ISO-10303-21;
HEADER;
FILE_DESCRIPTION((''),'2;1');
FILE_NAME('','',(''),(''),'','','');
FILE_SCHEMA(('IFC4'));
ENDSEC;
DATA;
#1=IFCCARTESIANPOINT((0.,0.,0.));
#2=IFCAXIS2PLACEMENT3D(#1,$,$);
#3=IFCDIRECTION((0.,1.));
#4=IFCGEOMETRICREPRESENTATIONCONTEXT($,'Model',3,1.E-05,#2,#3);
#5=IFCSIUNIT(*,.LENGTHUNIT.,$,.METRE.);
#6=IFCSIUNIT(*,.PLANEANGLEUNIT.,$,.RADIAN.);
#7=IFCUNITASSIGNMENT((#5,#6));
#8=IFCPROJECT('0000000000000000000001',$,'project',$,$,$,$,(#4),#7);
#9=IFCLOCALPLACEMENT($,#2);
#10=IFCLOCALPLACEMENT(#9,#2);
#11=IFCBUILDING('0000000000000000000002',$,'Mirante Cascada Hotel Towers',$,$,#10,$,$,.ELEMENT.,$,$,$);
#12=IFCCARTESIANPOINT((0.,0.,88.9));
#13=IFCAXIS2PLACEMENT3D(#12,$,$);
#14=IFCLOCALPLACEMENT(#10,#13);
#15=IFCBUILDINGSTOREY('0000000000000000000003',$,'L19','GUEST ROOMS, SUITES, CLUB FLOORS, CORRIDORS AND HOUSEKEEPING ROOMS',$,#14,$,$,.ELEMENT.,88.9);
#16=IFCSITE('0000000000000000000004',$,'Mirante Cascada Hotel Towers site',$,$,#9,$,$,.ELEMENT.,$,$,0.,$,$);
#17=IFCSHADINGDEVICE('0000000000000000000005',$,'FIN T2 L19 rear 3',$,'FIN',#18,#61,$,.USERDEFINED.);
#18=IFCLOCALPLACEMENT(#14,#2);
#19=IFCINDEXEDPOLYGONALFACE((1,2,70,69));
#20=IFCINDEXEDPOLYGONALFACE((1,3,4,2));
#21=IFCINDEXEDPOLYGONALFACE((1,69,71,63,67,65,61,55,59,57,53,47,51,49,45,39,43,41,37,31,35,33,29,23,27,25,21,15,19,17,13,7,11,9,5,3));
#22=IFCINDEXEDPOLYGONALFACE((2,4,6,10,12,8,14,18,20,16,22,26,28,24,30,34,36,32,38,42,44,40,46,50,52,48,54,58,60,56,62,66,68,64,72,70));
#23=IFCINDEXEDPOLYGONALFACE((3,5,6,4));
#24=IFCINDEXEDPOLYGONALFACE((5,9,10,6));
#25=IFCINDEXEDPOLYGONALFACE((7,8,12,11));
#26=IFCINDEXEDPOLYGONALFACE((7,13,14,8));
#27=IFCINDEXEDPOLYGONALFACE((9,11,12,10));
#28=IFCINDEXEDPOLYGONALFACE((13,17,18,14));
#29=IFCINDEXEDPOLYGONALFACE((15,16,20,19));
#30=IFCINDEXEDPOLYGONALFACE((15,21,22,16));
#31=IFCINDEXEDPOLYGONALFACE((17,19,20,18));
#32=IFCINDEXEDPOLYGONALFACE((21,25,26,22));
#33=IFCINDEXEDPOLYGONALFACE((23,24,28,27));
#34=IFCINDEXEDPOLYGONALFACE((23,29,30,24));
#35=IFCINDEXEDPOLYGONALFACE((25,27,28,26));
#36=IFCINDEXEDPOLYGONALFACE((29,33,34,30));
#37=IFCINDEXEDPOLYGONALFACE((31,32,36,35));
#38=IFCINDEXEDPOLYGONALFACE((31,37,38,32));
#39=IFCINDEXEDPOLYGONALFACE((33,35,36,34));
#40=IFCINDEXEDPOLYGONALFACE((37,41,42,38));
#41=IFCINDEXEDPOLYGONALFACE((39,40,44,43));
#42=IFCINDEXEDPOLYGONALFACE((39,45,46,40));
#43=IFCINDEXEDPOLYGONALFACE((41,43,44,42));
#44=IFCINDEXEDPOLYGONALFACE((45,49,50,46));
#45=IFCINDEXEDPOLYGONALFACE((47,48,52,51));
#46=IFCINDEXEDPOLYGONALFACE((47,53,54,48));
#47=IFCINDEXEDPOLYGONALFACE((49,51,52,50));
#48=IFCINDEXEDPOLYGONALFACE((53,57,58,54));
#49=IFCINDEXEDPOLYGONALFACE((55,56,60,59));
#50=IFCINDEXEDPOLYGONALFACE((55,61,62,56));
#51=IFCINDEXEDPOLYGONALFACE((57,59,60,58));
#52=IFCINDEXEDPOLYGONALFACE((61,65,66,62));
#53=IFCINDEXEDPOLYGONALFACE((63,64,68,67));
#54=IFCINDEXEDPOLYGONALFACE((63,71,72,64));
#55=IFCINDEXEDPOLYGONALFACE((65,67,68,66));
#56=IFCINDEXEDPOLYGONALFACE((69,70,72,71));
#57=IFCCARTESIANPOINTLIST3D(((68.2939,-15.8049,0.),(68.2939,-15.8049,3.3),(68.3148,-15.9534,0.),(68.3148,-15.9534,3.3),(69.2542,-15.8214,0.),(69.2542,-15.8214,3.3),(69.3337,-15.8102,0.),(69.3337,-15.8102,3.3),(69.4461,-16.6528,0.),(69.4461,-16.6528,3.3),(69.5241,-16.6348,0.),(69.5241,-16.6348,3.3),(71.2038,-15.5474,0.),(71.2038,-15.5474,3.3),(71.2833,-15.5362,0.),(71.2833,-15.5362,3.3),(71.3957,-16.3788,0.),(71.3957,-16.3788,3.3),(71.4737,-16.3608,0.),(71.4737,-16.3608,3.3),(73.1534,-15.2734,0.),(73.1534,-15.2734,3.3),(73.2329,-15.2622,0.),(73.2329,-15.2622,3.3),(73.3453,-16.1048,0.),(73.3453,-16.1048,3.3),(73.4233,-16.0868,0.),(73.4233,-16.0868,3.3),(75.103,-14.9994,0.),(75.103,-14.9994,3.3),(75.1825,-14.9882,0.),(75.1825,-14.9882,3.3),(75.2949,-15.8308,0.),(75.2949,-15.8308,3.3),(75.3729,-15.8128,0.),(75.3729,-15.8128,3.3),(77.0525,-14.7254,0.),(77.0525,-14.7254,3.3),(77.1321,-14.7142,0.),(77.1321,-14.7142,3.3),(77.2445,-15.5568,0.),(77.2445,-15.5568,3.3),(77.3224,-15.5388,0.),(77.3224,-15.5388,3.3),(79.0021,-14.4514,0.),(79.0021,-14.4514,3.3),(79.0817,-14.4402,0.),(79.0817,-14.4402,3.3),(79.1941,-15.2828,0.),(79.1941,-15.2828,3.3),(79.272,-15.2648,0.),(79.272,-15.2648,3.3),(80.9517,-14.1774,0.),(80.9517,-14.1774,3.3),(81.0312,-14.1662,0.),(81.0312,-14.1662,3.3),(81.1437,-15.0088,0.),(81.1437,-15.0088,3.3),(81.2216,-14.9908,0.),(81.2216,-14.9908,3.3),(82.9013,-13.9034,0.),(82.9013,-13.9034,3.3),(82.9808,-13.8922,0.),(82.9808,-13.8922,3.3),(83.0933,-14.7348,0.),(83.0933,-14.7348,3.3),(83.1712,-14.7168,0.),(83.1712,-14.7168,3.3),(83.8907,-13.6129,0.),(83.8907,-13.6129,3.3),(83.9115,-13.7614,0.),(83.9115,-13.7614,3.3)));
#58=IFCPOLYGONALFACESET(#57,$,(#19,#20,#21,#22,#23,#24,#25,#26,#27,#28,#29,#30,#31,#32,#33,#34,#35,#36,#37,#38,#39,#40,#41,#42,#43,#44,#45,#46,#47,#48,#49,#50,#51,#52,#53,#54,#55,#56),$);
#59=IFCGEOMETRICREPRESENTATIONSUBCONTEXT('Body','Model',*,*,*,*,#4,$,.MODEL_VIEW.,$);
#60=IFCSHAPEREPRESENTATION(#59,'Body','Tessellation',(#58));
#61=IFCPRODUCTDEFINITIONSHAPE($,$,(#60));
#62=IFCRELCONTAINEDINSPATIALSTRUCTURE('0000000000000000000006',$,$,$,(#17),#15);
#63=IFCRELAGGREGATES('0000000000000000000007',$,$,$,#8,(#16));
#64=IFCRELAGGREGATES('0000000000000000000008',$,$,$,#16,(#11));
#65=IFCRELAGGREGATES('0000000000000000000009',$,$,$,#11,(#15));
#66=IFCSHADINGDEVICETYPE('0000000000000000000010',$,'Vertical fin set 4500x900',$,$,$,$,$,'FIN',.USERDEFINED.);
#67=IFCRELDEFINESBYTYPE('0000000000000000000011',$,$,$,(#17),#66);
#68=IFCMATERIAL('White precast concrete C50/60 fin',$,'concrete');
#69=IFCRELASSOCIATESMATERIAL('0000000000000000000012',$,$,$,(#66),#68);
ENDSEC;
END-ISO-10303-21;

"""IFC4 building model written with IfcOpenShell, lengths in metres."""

from ifc_helpers import new_model, si_unit, direction, frame, origin, place, context, subcontext, project, spatial, polyline, outline, extrude, material, type_object, element, save


model = new_model("IFC4")

# Units and contexts
model_context = context("Model", 3, precision=1e-05, world=origin(), true_north=direction((0.0, 1.0)))
body_context = subcontext(model_context, "Body", "Model", "MODEL_VIEW")
ifc_project = project(units=[si_unit("LENGTHUNIT", "METRE"), si_unit("PLANEANGLEUNIT", "RADIAN")], contexts=[model_context])

# Site, building, storey
site_placement = place(None, origin())
site = spatial("IfcSite", under=ifc_project, at=site_placement, Name="Mirante Cascada Hotel Towers site", CompositionType="ELEMENT", RefElevation=0.0)
building_placement = place(site_placement, origin())
building = spatial("IfcBuilding", under=site, at=building_placement, Name="Mirante Cascada Hotel Towers", CompositionType="ELEMENT")
storey_placement = place(building_placement, frame((0.0, 0.0, 88.9)))
storey = spatial("IfcBuildingStorey", under=building, at=storey_placement, Name="L19", Description="GUEST ROOMS, SUITES, CLUB FLOORS, CORRIDORS AND HOUSEKEEPING ROOMS", CompositionType="ELEMENT", Elevation=88.9)

# Shading device
ifc_material_1 = material(Name="White precast concrete C50/60 fin", Category="concrete")
shading_device_type = type_object("IfcShadingDeviceType", Name="Vertical fin set 4500x900", ElementType="FIN", PredefinedType="USERDEFINED", material=ifc_material_1)
shading_device_1_placement = place(storey_placement, origin())
element("IfcShadingDevice", 1, at=shading_device_1_placement, inside=storey, type_object=shading_device_type, Name="FIN T2 L19 rear 3", ObjectType="FIN", PredefinedType="USERDEFINED", context=body_context, shape_type="SweptSolid", body=[
    extrude(outline(polyline([(69.4461, -16.6528), (69.2542, -15.8214), (68.3148, -15.9534), (68.2939, -15.8049), (83.8907, -13.6129), (83.9115, -13.7614), (82.9808, -13.8922), (83.1712, -14.7168), (83.0933, -14.7348), (82.9013, -13.9034), (81.0312, -14.1662), (81.2216, -14.9908), (81.1437, -15.0088), (80.9517, -14.1774), (79.0817, -14.4402), (79.272, -15.2648), (79.1941, -15.2828), (79.0021, -14.4514), (77.1321, -14.7142), (77.3224, -15.5388), (77.2445, -15.5568), (77.0525, -14.7254), (75.1825, -14.9882), (75.3729, -15.8128), (75.2949, -15.8308), (75.103, -14.9994), (73.2329, -15.2622), (73.4233, -16.0868), (73.3453, -16.1048), (73.1534, -15.2734), (71.2833, -15.5362), (71.4737, -16.3608), (71.3957, -16.3788), (71.2038, -15.5474), (69.3337, -15.8102), (69.5241, -16.6348), (69.4461, -16.6528)])), origin(), (0.0, 0.0, 1.0), 3.3),
])

save(model, "model.ifc")
